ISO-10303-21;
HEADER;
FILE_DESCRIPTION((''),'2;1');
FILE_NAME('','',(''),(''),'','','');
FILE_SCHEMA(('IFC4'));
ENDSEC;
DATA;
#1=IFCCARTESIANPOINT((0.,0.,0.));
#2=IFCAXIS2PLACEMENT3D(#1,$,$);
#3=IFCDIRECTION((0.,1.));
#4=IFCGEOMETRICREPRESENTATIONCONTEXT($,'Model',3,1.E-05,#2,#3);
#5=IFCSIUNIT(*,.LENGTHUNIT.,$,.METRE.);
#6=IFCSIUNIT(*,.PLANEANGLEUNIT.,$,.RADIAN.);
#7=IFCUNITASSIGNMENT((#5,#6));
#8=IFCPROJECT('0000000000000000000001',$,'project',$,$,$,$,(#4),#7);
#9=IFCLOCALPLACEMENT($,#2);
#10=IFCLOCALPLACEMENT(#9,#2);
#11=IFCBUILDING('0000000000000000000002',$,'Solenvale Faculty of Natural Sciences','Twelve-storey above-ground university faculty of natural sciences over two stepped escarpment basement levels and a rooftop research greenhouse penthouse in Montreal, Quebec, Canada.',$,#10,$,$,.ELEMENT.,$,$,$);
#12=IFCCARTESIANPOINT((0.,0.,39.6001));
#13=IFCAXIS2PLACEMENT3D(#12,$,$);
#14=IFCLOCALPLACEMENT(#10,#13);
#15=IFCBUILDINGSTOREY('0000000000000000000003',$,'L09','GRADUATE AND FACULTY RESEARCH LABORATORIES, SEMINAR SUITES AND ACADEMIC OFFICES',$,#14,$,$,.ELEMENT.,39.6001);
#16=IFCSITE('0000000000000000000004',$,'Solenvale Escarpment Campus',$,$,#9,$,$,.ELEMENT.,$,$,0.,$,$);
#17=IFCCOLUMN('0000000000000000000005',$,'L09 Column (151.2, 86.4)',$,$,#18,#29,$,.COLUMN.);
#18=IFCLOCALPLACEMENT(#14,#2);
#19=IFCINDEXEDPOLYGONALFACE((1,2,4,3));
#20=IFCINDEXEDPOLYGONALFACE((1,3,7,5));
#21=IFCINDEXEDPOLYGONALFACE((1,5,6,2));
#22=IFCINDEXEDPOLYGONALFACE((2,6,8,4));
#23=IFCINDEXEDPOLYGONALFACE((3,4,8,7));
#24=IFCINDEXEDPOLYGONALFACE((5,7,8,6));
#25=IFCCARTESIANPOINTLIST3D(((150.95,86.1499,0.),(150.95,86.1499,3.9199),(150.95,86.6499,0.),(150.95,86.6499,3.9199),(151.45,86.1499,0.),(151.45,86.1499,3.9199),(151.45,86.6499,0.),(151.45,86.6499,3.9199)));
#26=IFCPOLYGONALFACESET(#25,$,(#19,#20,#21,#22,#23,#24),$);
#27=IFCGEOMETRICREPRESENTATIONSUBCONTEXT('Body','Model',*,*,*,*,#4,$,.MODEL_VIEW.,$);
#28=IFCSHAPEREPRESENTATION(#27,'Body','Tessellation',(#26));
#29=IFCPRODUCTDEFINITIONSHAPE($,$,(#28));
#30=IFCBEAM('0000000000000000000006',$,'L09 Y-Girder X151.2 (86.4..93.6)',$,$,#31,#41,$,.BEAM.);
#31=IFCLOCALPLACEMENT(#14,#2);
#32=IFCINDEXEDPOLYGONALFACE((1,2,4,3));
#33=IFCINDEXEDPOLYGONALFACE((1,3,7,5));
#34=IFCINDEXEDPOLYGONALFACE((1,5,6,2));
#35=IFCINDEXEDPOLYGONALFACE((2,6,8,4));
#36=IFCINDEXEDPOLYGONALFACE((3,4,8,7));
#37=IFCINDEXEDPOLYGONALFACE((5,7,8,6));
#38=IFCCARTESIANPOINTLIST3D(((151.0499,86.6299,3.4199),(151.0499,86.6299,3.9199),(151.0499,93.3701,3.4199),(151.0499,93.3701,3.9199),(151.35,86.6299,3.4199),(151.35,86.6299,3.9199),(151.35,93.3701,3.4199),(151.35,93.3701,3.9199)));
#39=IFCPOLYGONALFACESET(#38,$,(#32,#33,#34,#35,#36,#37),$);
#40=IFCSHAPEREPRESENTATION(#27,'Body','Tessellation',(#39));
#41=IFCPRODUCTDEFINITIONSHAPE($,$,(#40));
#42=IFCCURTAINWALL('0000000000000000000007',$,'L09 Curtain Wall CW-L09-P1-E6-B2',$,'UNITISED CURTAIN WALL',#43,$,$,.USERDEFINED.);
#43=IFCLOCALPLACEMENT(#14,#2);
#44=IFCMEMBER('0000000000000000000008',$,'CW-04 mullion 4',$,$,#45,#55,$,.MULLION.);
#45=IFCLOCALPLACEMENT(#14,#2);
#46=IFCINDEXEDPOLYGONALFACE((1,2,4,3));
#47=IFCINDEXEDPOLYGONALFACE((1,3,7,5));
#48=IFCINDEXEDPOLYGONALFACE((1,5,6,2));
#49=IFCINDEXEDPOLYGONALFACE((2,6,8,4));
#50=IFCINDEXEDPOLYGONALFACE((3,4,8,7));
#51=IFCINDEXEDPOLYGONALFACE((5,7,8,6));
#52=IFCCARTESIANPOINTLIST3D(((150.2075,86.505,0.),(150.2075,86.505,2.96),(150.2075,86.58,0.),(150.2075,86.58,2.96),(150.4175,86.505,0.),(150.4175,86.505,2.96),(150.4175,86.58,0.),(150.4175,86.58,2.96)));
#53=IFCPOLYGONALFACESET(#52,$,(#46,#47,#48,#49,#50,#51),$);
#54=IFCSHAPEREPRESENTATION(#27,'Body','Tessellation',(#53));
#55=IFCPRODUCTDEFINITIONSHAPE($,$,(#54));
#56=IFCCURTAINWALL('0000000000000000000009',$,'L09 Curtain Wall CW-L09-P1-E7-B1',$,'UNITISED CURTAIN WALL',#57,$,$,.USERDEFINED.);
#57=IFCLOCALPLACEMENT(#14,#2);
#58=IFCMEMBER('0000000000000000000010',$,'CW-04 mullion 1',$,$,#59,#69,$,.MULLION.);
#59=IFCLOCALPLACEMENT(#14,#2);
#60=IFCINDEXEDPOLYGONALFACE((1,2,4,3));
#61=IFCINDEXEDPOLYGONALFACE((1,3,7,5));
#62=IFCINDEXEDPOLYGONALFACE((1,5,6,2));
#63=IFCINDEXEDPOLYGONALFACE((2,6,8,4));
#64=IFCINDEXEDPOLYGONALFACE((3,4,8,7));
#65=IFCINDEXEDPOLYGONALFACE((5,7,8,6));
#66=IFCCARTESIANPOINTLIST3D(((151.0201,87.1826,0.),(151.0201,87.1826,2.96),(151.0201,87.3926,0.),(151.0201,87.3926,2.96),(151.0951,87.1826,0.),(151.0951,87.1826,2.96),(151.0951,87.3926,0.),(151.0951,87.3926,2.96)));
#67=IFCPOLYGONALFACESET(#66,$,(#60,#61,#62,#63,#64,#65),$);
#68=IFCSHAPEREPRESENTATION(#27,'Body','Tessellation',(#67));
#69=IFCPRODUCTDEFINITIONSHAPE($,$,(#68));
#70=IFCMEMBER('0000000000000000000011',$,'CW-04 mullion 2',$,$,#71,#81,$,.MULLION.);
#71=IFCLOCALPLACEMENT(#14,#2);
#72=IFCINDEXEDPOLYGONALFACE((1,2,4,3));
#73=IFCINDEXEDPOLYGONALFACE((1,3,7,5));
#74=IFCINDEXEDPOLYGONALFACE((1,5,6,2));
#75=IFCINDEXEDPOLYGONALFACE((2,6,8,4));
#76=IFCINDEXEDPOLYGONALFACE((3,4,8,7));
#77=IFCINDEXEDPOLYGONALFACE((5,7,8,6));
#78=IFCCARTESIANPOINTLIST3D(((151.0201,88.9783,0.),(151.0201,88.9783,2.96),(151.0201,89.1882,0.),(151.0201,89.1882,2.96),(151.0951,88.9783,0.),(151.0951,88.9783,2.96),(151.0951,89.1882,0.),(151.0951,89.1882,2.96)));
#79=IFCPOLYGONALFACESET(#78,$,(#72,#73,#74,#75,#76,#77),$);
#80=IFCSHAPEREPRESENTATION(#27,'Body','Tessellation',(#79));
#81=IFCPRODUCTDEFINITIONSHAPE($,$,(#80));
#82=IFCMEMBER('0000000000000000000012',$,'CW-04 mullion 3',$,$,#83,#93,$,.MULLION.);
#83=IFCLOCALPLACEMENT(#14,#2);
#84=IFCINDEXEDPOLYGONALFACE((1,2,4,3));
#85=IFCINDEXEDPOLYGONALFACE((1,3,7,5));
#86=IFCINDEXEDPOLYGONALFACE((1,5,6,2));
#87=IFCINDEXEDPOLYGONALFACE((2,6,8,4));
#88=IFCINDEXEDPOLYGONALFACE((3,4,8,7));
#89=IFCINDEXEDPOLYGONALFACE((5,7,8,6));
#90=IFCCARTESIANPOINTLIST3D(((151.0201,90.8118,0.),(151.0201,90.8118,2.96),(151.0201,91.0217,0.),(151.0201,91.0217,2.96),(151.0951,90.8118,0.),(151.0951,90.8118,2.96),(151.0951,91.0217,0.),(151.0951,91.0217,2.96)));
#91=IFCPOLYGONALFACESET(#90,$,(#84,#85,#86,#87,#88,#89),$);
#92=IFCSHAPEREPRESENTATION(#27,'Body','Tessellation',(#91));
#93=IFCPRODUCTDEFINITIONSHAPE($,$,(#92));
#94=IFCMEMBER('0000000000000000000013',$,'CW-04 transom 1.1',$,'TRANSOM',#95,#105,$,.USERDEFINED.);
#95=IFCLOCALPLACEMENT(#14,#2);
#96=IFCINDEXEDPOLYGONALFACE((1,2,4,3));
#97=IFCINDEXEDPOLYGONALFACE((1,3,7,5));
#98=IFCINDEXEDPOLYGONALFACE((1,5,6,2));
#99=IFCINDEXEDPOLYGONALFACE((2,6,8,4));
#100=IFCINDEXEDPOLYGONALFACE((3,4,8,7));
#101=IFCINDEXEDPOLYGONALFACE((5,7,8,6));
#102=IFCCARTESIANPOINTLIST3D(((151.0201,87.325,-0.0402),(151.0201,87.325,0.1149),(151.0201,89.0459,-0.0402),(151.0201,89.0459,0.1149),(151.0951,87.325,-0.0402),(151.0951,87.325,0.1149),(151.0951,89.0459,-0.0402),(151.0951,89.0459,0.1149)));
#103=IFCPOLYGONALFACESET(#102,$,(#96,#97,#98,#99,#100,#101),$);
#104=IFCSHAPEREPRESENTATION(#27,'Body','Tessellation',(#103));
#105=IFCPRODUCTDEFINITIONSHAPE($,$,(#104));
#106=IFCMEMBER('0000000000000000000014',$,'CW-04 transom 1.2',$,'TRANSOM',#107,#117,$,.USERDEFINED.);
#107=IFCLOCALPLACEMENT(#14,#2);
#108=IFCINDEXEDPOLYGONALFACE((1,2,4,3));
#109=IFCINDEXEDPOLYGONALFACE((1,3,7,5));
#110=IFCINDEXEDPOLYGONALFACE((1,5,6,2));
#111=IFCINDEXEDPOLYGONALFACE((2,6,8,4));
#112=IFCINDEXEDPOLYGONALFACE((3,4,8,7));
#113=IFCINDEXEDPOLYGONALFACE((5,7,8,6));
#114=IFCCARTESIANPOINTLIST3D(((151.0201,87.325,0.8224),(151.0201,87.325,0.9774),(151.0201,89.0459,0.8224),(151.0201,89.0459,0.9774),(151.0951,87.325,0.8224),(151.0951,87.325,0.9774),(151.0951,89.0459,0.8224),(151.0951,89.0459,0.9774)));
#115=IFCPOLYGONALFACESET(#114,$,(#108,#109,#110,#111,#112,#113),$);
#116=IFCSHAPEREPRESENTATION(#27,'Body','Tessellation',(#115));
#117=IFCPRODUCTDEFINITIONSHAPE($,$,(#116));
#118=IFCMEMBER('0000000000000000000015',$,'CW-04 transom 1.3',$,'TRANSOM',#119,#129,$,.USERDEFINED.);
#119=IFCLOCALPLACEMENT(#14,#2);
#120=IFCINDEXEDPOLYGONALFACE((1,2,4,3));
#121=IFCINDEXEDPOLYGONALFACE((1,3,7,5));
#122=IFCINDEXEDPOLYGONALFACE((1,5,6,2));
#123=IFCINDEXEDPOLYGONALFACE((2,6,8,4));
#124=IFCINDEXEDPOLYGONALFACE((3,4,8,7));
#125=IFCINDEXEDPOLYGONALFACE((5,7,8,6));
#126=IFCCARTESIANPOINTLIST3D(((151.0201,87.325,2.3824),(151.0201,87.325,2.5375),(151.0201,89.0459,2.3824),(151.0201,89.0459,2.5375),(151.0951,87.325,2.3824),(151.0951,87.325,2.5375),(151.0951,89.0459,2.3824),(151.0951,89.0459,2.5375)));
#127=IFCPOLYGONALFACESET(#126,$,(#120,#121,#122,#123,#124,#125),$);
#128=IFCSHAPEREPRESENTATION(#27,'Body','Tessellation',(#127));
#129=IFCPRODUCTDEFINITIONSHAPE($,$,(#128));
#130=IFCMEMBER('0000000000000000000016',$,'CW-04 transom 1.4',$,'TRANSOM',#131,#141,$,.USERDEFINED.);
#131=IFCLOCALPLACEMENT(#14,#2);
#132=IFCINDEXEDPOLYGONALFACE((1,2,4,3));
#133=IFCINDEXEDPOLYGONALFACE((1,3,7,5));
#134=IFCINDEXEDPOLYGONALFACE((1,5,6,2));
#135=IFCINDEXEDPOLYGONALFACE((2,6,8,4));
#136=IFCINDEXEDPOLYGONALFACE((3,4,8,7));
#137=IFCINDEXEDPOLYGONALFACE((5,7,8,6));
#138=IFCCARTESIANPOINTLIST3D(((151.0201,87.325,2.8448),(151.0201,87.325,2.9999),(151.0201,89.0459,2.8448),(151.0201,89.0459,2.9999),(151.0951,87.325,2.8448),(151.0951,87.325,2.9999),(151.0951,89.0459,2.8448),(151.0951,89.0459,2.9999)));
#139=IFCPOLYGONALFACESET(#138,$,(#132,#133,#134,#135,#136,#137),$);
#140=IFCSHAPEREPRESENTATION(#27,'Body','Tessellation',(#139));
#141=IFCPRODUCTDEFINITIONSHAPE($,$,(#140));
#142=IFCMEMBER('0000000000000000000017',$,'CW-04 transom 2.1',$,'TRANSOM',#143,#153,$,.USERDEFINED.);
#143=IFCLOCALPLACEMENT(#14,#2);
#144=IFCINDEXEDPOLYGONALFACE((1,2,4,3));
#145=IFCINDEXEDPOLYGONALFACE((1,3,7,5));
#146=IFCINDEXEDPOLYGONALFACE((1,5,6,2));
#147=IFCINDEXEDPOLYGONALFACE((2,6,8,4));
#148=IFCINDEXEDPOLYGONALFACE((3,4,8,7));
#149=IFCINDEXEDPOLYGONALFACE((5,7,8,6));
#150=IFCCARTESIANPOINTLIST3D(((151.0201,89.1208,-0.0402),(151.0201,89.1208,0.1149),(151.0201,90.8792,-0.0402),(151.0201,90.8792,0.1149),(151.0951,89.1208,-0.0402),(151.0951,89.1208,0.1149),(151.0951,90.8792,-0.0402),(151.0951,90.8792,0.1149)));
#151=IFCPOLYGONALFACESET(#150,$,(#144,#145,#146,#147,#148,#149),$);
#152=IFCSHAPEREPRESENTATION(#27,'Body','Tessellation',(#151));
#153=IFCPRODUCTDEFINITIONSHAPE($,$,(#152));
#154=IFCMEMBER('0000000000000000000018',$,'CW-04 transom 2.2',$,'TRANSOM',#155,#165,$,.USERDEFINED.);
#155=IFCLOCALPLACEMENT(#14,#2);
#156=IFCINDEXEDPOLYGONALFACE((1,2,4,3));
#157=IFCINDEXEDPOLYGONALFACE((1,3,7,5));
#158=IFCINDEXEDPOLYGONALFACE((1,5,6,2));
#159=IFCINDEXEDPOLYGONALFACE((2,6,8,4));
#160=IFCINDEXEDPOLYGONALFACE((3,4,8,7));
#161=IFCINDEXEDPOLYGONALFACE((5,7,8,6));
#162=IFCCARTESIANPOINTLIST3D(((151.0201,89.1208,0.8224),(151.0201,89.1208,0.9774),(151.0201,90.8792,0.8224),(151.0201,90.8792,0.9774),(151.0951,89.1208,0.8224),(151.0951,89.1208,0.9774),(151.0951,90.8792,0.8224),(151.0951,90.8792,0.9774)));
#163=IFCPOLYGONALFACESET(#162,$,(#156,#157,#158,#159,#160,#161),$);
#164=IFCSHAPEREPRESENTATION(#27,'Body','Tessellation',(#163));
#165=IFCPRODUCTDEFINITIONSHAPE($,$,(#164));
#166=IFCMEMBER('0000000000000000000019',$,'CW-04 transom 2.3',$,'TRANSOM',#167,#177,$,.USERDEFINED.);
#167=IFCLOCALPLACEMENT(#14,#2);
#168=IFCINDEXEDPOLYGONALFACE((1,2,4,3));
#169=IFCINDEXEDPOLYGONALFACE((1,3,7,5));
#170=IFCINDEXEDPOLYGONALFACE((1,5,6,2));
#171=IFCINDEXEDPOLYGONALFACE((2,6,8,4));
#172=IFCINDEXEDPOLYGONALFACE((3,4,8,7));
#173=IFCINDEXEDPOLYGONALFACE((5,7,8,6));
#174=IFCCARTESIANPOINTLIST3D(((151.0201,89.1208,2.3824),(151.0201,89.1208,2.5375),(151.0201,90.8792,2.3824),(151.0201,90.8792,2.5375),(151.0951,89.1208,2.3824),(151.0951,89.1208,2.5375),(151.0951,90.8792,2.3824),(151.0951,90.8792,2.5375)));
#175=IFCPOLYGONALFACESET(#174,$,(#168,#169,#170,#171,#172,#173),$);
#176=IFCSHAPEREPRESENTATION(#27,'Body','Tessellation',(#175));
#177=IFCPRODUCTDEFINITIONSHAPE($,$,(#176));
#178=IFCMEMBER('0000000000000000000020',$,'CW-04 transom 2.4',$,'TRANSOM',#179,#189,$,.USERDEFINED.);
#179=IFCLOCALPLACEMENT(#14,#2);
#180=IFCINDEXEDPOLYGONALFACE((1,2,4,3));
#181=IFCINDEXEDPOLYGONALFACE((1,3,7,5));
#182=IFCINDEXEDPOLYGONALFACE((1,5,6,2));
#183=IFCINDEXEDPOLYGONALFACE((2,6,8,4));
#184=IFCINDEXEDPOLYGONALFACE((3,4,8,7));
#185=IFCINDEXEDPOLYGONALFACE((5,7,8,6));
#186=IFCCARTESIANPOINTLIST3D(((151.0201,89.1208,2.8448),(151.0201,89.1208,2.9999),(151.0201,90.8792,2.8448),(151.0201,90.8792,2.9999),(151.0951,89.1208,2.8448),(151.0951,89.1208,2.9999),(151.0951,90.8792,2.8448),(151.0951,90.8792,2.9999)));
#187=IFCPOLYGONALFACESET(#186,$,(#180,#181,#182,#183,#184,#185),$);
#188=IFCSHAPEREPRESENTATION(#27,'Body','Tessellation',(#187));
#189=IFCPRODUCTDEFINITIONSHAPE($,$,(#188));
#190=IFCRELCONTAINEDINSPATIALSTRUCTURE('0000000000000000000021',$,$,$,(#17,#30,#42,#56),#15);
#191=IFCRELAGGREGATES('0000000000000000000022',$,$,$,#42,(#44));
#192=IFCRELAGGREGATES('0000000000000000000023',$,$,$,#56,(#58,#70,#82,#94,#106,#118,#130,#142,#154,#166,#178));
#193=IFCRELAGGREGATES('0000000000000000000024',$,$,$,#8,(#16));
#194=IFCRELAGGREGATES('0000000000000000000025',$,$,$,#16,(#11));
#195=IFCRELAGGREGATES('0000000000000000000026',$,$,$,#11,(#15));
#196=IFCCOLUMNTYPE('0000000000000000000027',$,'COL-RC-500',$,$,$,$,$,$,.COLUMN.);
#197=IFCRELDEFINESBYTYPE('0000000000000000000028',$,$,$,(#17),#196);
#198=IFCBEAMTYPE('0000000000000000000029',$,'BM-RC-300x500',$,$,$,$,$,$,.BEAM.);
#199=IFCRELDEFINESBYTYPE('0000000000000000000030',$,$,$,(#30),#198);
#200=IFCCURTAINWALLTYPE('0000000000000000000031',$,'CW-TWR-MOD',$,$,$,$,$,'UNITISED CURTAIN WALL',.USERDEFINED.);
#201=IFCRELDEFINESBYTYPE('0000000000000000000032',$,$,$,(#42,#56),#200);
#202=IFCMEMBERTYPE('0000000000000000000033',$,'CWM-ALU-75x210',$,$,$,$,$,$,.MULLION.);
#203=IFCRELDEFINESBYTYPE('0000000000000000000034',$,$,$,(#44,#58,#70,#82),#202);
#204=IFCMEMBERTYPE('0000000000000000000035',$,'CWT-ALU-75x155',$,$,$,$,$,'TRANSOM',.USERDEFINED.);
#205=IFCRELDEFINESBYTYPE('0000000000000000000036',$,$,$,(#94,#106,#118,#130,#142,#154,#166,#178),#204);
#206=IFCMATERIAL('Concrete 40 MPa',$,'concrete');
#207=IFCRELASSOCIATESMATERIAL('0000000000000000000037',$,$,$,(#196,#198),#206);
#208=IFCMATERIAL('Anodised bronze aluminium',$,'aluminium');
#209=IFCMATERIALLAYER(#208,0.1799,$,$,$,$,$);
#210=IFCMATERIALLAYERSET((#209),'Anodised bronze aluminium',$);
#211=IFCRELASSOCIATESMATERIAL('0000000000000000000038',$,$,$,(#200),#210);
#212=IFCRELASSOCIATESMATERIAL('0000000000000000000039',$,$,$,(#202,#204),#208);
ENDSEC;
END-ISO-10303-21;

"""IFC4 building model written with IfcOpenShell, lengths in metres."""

from ifc_helpers import new_model, si_unit, direction, frame, origin, origin_2d, place, context, subcontext, project, spatial, rectangle, extrude, material, layer, layer_set, material_profile, profile_set, type_object, element, aggregate, save


model = new_model("IFC4")

# Units and contexts
model_context = context("Model", 3, precision=1e-05, world=origin(), true_north=direction((0.0, 1.0)))
body_context = subcontext(model_context, "Body", "Model", "MODEL_VIEW")
ifc_project = project(units=[si_unit("LENGTHUNIT", "METRE"), si_unit("PLANEANGLEUNIT", "RADIAN")], contexts=[model_context])

# Site, building, storey
site_placement = place(None, origin())
site = spatial("IfcSite", under=ifc_project, at=site_placement, Name="Solenvale Escarpment Campus", CompositionType="ELEMENT", RefElevation=0.0)
building_placement = place(site_placement, origin())
building = spatial("IfcBuilding", under=site, at=building_placement, Name="Solenvale Faculty of Natural Sciences", Description="Twelve-storey above-ground university faculty of natural sciences over two stepped escarpment basement levels and a rooftop research greenhouse penthouse in Montreal, Quebec, Canada.", CompositionType="ELEMENT")
storey_placement = place(building_placement, frame((0.0, 0.0, 39.6001)))
storey = spatial("IfcBuildingStorey", under=building, at=storey_placement, Name="L09", Description="GRADUATE AND FACULTY RESEARCH LABORATORIES, SEMINAR SUITES AND ACADEMIC OFFICES", CompositionType="ELEMENT", Elevation=39.6001)

# Column
ifc_material_1 = material(Name="Concrete 40 MPa", Category="concrete")
ifc_material_profile_1 = material_profile(ifc_material_1, rectangle(XDim=0.5, YDim=0.5, at=origin_2d()), Name="RC-COL-500x500")
ifc_profile_set_1 = profile_set([ifc_material_profile_1], Name="Concrete 40 MPa")
column_type = type_object("IfcColumnType", Name="COL-RC-500", PredefinedType="COLUMN", material=ifc_profile_set_1)
column_placement = place(storey_placement, frame((151.2, 86.3999, 0.0), z_axis=(0.0, 0.0, 1.0), x_axis=(1.0, 0.0, 0.0)))
element("IfcColumn", 1, at=column_placement, inside=storey, type_object=column_type, Name="L09 Column (151.2, 86.4)", PredefinedType="COLUMN", context=body_context, shape_type="SweptSolid", body=[
    extrude(rectangle(XDim=0.5, YDim=0.5, at=origin_2d()), origin(), (0.0, 0.0, 1.0), 3.9199),
])

# Beam
ifc_material_profile_2 = material_profile(ifc_material_1, rectangle(XDim=0.3, YDim=0.5, at=origin_2d()), Name="RC-BM-300x500")
ifc_profile_set_2 = profile_set([ifc_material_profile_2], Name="Concrete 40 MPa")
beam_type = type_object("IfcBeamType", Name="BM-RC-300x500", PredefinedType="BEAM", material=ifc_profile_set_2)
beam_placement = place(storey_placement, frame((151.2, 86.6299, 3.6699), z_axis=(0.0, 1.0, 0.0), x_axis=(-1.0, 0.0, 0.0)))
element("IfcBeam", 2, at=beam_placement, inside=storey, type_object=beam_type, Name="L09 Y-Girder X151.2 (86.4..93.6)", PredefinedType="BEAM", context=body_context, shape_type="SweptSolid", body=[
    extrude(rectangle(XDim=0.3, YDim=0.5, at=origin_2d()), origin(), (0.0, 0.0, 1.0), 6.7402),
])

# Curtain wall, member
ifc_material_2 = material(Name="Anodised bronze aluminium", Category="aluminium")
ifc_layer_1 = layer(ifc_material_2, 0.1799)
ifc_layer_set_1 = layer_set([ifc_layer_1], Name="Anodised bronze aluminium")
curtain_wall_type = type_object("IfcCurtainWallType", Name="CW-TWR-MOD", ElementType="UNITISED CURTAIN WALL", PredefinedType="USERDEFINED", material=ifc_layer_set_1)
curtain_wall_1_placement = place(storey_placement, origin())
curtain_wall_1 = element("IfcCurtainWall", 3, at=curtain_wall_1_placement, inside=storey, type_object=curtain_wall_type, Name="L09 Curtain Wall CW-L09-P1-E6-B2", ObjectType="UNITISED CURTAIN WALL", PredefinedType="USERDEFINED")
ifc_material_profile_3 = material_profile(ifc_material_2, rectangle(XDim=0.075, YDim=0.21, at=origin_2d()), Name="ALU-MUL-75x210")
ifc_profile_set_3 = profile_set([ifc_material_profile_3], Name="Anodised bronze aluminium")
member_type_1 = type_object("IfcMemberType", Name="CWM-ALU-75x210", PredefinedType="MULLION", material=ifc_profile_set_3)
member_1_placement = place(storey_placement, frame((150.3125, 86.5425, 0.0), z_axis=(0.0, 0.0, 1.0), x_axis=(0.0, 1.0, 0.0)))
member_1 = element("IfcMember", 4, at=member_1_placement, type_object=member_type_1, Name="CW-04 mullion 4", PredefinedType="MULLION", context=body_context, shape_type="SweptSolid", body=[
    extrude(rectangle(XDim=0.075, YDim=0.21, at=origin_2d()), origin(), (0.0, 0.0, 1.0), 2.96),
])

# Curtain wall, members
curtain_wall_2_placement = place(storey_placement, origin())
curtain_wall_2 = element("IfcCurtainWall", 5, at=curtain_wall_2_placement, inside=storey, type_object=curtain_wall_type, Name="L09 Curtain Wall CW-L09-P1-E7-B1", ObjectType="UNITISED CURTAIN WALL", PredefinedType="USERDEFINED")
member_2_placement = place(storey_placement, frame((151.0576, 87.2876, 0.0), z_axis=(0.0, 0.0, 1.0), x_axis=(-1.0, 0.0, 0.0)))
member_2 = element("IfcMember", 6, at=member_2_placement, type_object=member_type_1, Name="CW-04 mullion 1", PredefinedType="MULLION", context=body_context, shape_type="SweptSolid", body=[
    extrude(rectangle(XDim=0.075, YDim=0.21, at=origin_2d()), origin(), (0.0, 0.0, 1.0), 2.96),
])
member_3_placement = place(storey_placement, frame((151.0576, 89.0833, 0.0), z_axis=(0.0, 0.0, 1.0), x_axis=(-1.0, 0.0, 0.0)))
member_3 = element("IfcMember", 7, at=member_3_placement, type_object=member_type_1, Name="CW-04 mullion 2", PredefinedType="MULLION", context=body_context, shape_type="SweptSolid", body=[
    extrude(rectangle(XDim=0.075, YDim=0.21, at=origin_2d()), origin(), (0.0, 0.0, 1.0), 2.96),
])
member_4_placement = place(storey_placement, frame((151.0576, 90.9167, 0.0), z_axis=(0.0, 0.0, 1.0), x_axis=(-1.0, 0.0, 0.0)))
member_4 = element("IfcMember", 8, at=member_4_placement, type_object=member_type_1, Name="CW-04 mullion 3", PredefinedType="MULLION", context=body_context, shape_type="SweptSolid", body=[
    extrude(rectangle(XDim=0.075, YDim=0.21, at=origin_2d()), origin(), (0.0, 0.0, 1.0), 2.96),
])
ifc_material_profile_4 = material_profile(ifc_material_2, rectangle(XDim=0.075, YDim=0.155, at=origin_2d()), Name="ALU-TRN-75x155")
ifc_profile_set_4 = profile_set([ifc_material_profile_4], Name="Anodised bronze aluminium")
member_type_2 = type_object("IfcMemberType", Name="CWT-ALU-75x155", ElementType="TRANSOM", PredefinedType="USERDEFINED", material=ifc_profile_set_4)
member_5_placement = place(storey_placement, frame((151.0576, 87.325, 0.0374), z_axis=(0.0, 1.0, 0.0), x_axis=(-1.0, 0.0, 0.0)))
member_5 = element("IfcMember", 9, at=member_5_placement, type_object=member_type_2, Name="CW-04 transom 1.1", ObjectType="TRANSOM", PredefinedType="USERDEFINED", context=body_context, shape_type="SweptSolid", body=[
    extrude(rectangle(XDim=0.075, YDim=0.155, at=origin_2d()), origin(), (0.0, 0.0, 1.0), 1.7209),
])
member_6_placement = place(storey_placement, frame((151.0576, 87.325, 0.8999), z_axis=(0.0, 1.0, 0.0), x_axis=(-1.0, 0.0, 0.0)))
member_6 = element("IfcMember", 10, at=member_6_placement, type_object=member_type_2, Name="CW-04 transom 1.2", ObjectType="TRANSOM", PredefinedType="USERDEFINED", context=body_context, shape_type="SweptSolid", body=[
    extrude(rectangle(XDim=0.075, YDim=0.155, at=origin_2d()), origin(), (0.0, 0.0, 1.0), 1.7209),
])
member_7_placement = place(storey_placement, frame((151.0576, 87.325, 2.46), z_axis=(0.0, 1.0, 0.0), x_axis=(-1.0, 0.0, 0.0)))
member_7 = element("IfcMember", 11, at=member_7_placement, type_object=member_type_2, Name="CW-04 transom 1.3", ObjectType="TRANSOM", PredefinedType="USERDEFINED", context=body_context, shape_type="SweptSolid", body=[
    extrude(rectangle(XDim=0.075, YDim=0.155, at=origin_2d()), origin(), (0.0, 0.0, 1.0), 1.7209),
])
member_8_placement = place(storey_placement, frame((151.0576, 87.325, 2.9224), z_axis=(0.0, 1.0, 0.0), x_axis=(-1.0, 0.0, 0.0)))
member_8 = element("IfcMember", 12, at=member_8_placement, type_object=member_type_2, Name="CW-04 transom 1.4", ObjectType="TRANSOM", PredefinedType="USERDEFINED", context=body_context, shape_type="SweptSolid", body=[
    extrude(rectangle(XDim=0.075, YDim=0.155, at=origin_2d()), origin(), (0.0, 0.0, 1.0), 1.7209),
])
member_9_placement = place(storey_placement, frame((151.0576, 89.1208, 0.0374), z_axis=(0.0, 1.0, 0.0), x_axis=(-1.0, 0.0, 0.0)))
member_9 = element("IfcMember", 13, at=member_9_placement, type_object=member_type_2, Name="CW-04 transom 2.1", ObjectType="TRANSOM", PredefinedType="USERDEFINED", context=body_context, shape_type="SweptSolid", body=[
    extrude(rectangle(XDim=0.075, YDim=0.155, at=origin_2d()), origin(), (0.0, 0.0, 1.0), 1.7583),
])
member_10_placement = place(storey_placement, frame((151.0576, 89.1208, 0.8999), z_axis=(0.0, 1.0, 0.0), x_axis=(-1.0, 0.0, 0.0)))
member_10 = element("IfcMember", 14, at=member_10_placement, type_object=member_type_2, Name="CW-04 transom 2.2", ObjectType="TRANSOM", PredefinedType="USERDEFINED", context=body_context, shape_type="SweptSolid", body=[
    extrude(rectangle(XDim=0.075, YDim=0.155, at=origin_2d()), origin(), (0.0, 0.0, 1.0), 1.7583),
])
member_11_placement = place(storey_placement, frame((151.0576, 89.1208, 2.46), z_axis=(0.0, 1.0, 0.0), x_axis=(-1.0, 0.0, 0.0)))
member_11 = element("IfcMember", 15, at=member_11_placement, type_object=member_type_2, Name="CW-04 transom 2.3", ObjectType="TRANSOM", PredefinedType="USERDEFINED", context=body_context, shape_type="SweptSolid", body=[
    extrude(rectangle(XDim=0.075, YDim=0.155, at=origin_2d()), origin(), (0.0, 0.0, 1.0), 1.7583),
])
member_12_placement = place(storey_placement, frame((151.0576, 89.1208, 2.9224), z_axis=(0.0, 1.0, 0.0), x_axis=(-1.0, 0.0, 0.0)))
member_12 = element("IfcMember", 16, at=member_12_placement, type_object=member_type_2, Name="CW-04 transom 2.4", ObjectType="TRANSOM", PredefinedType="USERDEFINED", context=body_context, shape_type="SweptSolid", body=[
    extrude(rectangle(XDim=0.075, YDim=0.155, at=origin_2d()), origin(), (0.0, 0.0, 1.0), 1.7583),
])

aggregate(curtain_wall_1, [member_1])
aggregate(curtain_wall_2, [member_2, member_3, member_4, member_5, member_6, member_7, member_8, member_9, member_10, member_11, member_12])

save(model, "model.ifc")
